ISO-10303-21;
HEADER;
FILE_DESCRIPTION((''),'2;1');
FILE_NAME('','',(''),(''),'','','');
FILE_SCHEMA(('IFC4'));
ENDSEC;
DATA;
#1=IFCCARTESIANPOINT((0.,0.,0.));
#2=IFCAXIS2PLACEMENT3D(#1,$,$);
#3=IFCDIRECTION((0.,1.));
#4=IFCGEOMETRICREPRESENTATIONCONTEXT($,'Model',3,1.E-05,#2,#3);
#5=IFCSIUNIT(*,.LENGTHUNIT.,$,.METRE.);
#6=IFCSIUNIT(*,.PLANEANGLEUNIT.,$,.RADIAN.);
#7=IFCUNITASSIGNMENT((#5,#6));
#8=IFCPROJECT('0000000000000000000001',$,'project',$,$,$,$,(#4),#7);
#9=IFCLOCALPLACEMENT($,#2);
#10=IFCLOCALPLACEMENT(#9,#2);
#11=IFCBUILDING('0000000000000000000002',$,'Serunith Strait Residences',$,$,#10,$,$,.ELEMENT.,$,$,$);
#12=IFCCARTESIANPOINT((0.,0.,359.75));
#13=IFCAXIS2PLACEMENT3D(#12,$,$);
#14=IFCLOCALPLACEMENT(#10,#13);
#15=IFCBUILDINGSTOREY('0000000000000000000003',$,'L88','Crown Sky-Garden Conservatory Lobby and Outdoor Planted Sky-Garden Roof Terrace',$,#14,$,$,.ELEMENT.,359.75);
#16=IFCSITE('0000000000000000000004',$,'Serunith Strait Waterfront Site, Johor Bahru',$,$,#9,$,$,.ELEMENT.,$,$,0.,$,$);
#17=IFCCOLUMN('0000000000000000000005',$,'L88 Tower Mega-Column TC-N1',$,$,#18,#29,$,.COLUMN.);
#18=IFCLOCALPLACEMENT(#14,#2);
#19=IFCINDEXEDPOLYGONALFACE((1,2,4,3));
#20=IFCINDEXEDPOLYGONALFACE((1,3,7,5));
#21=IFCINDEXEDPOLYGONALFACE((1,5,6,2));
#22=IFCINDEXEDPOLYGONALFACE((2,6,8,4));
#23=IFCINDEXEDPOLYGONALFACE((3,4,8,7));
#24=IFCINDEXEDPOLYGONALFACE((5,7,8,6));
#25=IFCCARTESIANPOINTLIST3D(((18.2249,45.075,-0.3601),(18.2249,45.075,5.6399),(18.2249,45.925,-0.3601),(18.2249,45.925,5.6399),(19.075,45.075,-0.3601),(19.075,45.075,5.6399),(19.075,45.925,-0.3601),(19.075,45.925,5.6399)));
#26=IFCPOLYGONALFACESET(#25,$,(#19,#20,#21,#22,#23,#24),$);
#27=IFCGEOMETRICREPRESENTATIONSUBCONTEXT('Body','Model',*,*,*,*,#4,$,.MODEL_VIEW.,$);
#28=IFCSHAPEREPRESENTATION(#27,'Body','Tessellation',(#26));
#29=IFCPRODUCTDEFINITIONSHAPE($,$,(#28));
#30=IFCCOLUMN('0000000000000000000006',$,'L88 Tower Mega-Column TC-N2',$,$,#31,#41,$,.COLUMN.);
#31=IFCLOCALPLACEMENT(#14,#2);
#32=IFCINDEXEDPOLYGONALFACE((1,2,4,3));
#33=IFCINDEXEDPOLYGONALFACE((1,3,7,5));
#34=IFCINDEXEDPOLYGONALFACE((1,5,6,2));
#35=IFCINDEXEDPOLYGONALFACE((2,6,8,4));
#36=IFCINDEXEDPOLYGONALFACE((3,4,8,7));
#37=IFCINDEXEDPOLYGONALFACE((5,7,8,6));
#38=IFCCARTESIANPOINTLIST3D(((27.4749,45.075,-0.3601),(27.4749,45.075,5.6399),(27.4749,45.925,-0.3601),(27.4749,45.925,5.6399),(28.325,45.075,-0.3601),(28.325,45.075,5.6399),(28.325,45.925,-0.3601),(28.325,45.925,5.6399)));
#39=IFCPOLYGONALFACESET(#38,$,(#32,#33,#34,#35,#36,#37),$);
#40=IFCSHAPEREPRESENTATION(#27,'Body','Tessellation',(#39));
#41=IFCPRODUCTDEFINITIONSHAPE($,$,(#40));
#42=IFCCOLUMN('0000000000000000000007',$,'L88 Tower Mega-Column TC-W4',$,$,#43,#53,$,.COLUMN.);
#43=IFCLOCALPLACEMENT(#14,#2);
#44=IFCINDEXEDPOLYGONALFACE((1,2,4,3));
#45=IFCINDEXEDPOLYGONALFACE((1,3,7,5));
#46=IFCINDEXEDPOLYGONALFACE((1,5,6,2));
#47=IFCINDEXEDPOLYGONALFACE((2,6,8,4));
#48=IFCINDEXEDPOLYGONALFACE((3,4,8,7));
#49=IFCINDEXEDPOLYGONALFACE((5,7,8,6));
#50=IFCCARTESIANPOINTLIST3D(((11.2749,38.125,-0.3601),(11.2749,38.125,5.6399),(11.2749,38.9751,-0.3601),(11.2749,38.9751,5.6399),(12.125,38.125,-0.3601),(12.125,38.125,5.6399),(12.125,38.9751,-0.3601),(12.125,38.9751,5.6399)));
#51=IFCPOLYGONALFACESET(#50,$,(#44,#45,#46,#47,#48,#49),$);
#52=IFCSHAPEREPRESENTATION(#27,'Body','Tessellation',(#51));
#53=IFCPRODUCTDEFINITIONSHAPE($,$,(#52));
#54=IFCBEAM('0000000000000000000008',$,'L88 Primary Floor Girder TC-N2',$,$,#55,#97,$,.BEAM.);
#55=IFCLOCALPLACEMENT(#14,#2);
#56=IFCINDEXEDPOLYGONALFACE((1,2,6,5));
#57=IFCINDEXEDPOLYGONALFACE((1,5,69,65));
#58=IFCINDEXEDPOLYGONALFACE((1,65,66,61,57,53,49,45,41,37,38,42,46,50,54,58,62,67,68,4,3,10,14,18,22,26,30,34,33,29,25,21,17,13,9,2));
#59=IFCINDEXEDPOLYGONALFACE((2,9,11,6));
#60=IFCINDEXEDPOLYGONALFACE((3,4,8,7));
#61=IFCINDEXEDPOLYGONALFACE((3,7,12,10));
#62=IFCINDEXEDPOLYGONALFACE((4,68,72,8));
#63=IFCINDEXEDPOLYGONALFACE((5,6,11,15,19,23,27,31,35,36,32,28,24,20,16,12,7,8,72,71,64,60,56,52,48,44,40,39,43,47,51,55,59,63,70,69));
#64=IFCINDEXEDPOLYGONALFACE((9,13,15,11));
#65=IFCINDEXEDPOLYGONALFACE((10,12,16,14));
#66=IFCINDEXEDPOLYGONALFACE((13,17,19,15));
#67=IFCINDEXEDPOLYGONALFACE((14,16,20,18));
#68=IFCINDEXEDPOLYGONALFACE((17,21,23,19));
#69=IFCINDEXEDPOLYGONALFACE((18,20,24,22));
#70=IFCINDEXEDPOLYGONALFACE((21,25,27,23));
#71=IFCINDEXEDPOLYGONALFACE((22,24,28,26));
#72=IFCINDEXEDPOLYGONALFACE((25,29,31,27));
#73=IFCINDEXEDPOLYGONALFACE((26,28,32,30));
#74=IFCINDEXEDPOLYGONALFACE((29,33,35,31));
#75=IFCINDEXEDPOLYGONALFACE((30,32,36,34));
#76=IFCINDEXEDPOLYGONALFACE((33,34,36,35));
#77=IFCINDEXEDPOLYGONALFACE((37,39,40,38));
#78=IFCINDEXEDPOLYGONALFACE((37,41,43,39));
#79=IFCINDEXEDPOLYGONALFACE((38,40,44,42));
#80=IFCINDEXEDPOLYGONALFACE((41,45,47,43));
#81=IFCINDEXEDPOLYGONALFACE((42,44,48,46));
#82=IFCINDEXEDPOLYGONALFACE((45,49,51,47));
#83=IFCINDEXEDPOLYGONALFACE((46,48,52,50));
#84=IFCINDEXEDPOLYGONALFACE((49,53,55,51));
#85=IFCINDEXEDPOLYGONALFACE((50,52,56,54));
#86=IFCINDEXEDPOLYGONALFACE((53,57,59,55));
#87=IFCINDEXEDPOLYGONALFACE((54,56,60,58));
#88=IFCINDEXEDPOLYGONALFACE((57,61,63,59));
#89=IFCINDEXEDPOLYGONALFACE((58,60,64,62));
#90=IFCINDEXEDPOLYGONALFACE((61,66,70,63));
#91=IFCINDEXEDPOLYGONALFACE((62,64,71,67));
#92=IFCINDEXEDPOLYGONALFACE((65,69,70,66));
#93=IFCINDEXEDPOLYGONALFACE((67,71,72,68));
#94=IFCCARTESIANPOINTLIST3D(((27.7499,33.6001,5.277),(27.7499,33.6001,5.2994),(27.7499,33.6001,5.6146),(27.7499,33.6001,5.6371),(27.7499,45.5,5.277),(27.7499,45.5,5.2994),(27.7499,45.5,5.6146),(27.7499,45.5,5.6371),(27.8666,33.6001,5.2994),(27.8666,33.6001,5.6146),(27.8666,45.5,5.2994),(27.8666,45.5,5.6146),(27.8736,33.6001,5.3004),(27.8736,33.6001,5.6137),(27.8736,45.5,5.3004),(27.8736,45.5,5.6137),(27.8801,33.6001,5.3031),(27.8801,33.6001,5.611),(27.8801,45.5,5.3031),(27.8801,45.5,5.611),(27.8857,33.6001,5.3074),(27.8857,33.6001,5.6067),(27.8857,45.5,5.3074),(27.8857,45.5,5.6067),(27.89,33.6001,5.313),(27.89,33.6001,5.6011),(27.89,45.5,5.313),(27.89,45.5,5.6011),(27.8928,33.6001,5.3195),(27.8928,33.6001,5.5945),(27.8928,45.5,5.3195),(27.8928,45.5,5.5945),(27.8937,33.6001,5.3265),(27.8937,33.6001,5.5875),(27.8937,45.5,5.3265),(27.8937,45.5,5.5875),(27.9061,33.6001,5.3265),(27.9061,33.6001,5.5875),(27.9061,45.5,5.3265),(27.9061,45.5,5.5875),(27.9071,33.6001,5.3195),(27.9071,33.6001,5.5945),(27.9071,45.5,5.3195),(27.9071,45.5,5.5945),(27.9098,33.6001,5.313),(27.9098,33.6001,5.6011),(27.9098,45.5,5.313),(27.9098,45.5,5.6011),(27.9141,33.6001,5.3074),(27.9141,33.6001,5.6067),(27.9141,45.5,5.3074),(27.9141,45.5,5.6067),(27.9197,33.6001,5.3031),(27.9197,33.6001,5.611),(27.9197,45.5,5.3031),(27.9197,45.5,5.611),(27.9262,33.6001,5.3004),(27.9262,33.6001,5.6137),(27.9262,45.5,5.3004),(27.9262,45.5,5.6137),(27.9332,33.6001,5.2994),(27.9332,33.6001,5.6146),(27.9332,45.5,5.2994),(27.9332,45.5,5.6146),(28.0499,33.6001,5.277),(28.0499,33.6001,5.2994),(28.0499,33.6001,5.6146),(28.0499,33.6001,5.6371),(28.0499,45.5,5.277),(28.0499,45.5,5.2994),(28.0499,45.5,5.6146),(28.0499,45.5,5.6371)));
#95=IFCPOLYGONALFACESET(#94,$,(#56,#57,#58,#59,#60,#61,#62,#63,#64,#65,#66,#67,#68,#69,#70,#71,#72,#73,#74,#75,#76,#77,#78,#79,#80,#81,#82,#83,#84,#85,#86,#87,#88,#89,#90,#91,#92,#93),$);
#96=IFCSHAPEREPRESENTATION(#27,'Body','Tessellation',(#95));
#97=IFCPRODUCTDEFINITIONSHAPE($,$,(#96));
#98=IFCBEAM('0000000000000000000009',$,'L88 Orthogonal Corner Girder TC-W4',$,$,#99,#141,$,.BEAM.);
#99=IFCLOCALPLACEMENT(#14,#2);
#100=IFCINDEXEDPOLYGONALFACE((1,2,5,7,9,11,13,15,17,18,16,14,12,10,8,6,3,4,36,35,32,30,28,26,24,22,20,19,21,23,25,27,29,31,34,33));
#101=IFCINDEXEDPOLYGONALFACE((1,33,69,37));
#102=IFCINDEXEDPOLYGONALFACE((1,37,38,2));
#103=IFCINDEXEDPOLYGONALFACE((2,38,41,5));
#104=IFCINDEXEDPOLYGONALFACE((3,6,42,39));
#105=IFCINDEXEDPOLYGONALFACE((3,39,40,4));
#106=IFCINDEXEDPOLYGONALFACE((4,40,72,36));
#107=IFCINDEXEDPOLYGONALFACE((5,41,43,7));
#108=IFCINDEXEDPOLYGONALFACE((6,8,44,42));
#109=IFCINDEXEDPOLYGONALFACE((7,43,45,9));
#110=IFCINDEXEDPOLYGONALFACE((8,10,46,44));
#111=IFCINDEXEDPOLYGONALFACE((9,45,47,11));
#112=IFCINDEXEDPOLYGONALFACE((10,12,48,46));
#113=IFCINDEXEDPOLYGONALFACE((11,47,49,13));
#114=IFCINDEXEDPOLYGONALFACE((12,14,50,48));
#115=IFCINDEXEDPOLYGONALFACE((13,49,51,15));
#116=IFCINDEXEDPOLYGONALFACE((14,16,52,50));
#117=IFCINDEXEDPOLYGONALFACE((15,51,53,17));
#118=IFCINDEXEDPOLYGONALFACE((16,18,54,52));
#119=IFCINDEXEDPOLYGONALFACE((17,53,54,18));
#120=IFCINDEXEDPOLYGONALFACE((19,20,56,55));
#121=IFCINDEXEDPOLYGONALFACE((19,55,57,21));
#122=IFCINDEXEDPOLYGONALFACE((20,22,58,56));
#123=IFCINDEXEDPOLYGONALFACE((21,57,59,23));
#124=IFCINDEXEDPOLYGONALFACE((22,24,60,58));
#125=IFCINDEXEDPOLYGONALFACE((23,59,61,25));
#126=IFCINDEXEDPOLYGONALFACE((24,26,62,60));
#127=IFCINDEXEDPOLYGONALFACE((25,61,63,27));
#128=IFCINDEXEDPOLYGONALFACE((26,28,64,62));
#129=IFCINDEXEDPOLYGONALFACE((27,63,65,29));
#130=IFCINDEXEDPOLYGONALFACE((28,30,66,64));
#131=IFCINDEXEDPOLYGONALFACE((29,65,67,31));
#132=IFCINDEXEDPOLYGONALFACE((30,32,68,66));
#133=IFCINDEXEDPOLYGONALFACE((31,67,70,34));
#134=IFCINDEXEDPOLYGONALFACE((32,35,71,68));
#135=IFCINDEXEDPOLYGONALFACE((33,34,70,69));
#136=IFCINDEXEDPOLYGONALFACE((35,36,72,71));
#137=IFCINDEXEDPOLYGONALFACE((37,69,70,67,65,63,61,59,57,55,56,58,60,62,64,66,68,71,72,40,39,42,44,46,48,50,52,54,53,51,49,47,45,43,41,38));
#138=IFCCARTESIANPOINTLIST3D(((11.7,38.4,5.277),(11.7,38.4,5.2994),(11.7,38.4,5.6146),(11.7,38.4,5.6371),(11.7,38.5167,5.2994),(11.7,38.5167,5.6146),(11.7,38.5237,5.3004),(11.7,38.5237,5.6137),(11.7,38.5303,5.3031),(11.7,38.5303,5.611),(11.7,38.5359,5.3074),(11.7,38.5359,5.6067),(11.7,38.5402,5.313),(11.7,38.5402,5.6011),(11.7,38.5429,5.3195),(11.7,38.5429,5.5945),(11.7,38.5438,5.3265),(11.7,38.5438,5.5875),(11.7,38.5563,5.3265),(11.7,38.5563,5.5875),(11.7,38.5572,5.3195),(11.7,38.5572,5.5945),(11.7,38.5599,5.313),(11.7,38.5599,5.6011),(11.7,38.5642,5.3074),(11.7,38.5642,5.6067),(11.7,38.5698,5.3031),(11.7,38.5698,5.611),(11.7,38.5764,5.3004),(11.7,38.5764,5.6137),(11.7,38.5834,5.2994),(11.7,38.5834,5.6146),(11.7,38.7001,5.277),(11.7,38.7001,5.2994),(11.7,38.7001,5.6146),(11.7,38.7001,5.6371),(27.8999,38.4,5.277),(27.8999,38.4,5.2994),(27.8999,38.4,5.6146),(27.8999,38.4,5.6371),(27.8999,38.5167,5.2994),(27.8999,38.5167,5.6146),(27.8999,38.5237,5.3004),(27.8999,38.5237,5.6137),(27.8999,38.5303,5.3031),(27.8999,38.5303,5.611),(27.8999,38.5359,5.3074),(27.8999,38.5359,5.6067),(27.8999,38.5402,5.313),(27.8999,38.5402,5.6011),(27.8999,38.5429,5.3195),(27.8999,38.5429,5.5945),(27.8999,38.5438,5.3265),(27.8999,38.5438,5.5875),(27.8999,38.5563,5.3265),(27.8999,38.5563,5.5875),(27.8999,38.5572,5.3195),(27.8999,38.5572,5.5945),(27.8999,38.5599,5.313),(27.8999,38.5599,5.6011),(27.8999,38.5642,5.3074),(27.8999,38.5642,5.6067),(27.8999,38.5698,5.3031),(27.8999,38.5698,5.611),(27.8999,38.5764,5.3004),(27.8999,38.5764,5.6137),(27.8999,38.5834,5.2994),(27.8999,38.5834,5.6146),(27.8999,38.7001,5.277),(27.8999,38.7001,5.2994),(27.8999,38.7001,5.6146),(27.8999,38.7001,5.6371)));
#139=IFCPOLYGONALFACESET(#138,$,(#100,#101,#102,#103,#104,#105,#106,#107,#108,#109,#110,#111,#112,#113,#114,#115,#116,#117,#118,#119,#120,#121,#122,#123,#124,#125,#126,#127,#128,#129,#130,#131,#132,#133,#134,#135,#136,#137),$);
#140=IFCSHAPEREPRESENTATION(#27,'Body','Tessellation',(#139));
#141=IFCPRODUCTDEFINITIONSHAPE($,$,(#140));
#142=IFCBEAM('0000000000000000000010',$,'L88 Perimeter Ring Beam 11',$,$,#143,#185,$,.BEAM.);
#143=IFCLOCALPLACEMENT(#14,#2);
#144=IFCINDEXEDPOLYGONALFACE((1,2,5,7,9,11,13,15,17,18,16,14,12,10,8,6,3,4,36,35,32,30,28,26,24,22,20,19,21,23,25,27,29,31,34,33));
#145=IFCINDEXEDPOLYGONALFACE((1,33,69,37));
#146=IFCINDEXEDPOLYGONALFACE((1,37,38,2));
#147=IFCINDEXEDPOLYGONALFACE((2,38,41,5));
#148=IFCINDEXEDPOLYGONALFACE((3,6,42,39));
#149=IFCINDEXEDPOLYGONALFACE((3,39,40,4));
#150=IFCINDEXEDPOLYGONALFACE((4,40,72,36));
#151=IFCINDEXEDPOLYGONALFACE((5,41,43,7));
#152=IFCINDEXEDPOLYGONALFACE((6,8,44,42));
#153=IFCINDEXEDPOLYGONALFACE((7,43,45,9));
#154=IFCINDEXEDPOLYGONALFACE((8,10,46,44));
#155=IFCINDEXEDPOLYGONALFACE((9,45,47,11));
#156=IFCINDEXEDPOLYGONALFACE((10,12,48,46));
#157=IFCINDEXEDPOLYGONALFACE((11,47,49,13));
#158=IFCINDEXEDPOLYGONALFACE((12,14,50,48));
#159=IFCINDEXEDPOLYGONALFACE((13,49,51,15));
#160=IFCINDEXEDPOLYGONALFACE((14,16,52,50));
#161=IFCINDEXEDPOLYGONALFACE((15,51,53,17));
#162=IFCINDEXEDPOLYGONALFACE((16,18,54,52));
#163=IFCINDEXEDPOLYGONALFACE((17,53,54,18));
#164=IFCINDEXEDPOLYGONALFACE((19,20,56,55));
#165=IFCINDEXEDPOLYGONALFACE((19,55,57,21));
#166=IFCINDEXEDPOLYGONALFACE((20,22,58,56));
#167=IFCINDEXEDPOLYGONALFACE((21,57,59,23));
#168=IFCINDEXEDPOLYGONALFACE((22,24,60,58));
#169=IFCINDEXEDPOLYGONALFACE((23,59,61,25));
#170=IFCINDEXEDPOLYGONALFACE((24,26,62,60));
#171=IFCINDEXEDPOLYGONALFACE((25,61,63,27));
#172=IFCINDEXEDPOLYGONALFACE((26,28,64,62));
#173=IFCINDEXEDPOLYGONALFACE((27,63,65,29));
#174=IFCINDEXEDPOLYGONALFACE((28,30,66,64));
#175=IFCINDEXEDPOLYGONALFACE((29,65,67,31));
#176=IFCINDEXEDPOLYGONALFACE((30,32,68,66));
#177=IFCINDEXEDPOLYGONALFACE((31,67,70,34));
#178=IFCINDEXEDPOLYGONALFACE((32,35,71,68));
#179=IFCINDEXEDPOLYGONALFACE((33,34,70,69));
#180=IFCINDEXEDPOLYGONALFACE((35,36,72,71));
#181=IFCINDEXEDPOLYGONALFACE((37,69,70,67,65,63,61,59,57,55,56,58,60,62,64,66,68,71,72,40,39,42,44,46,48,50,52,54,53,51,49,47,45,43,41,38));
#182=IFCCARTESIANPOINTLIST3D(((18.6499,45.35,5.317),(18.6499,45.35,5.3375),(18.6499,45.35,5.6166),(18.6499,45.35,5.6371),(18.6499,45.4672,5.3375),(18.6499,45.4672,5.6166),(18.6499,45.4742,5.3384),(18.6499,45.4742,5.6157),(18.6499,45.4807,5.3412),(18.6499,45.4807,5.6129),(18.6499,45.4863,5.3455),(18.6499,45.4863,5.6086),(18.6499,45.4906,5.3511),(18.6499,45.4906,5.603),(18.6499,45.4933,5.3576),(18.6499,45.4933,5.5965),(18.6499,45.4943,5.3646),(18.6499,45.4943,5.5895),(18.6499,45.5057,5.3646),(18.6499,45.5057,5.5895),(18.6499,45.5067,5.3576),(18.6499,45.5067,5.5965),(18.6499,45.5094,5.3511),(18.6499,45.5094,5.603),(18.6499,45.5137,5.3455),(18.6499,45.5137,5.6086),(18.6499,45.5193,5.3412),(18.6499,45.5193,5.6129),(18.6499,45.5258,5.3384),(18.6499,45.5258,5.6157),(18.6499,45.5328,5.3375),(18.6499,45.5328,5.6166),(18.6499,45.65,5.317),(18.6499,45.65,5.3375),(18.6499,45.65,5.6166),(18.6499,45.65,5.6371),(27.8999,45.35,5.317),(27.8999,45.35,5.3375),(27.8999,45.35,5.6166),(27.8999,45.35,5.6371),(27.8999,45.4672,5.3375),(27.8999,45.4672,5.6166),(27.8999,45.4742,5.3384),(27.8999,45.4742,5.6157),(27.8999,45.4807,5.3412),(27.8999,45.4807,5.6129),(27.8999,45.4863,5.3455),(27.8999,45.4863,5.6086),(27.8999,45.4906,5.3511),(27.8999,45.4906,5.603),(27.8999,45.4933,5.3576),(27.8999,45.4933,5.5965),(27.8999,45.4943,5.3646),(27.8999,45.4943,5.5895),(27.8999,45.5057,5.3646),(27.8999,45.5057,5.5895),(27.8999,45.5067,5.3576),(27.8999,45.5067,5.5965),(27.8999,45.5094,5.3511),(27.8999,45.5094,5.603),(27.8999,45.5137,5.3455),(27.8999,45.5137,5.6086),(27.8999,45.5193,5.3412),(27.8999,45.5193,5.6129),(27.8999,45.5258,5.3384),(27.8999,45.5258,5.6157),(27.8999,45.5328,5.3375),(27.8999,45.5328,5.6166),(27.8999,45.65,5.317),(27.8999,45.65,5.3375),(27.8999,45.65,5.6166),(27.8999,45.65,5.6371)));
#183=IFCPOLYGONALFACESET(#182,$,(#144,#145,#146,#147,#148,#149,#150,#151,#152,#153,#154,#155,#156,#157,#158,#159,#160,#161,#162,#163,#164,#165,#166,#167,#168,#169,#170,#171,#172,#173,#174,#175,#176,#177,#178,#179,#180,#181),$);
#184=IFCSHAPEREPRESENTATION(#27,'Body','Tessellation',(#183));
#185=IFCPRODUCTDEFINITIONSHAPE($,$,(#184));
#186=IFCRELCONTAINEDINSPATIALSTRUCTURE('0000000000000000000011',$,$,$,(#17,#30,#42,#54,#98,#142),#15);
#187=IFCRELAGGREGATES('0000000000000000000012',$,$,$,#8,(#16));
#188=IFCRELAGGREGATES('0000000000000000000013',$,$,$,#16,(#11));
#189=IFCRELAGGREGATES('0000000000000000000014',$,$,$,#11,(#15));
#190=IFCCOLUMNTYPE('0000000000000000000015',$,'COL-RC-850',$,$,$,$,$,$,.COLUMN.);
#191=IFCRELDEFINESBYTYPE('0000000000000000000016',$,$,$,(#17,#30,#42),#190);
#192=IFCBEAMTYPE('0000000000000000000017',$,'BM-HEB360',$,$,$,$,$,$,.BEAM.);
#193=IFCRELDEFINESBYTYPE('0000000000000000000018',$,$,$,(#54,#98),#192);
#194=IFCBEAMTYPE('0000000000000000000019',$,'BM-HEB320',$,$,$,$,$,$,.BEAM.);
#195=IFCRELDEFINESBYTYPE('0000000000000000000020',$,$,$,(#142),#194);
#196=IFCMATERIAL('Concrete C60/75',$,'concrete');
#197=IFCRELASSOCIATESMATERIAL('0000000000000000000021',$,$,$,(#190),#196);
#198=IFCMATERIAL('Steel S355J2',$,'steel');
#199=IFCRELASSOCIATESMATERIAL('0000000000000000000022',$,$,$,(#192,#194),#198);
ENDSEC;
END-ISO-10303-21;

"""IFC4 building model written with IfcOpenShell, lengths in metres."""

from ifc_helpers import new_model, si_unit, direction, frame, origin, origin_2d, place, context, subcontext, project, spatial, rectangle, i_section, extrude, source, transform, mapped, material, material_profile, profile_set, type_object, element, save


model = new_model("IFC4")

# Units and contexts
model_context = context("Model", 3, precision=1e-05, world=origin(), true_north=direction((0.0, 1.0)))
body_context = subcontext(model_context, "Body", "Model", "MODEL_VIEW")
ifc_project = project(units=[si_unit("LENGTHUNIT", "METRE"), si_unit("PLANEANGLEUNIT", "RADIAN")], contexts=[model_context])

# Site, building, storey
site_placement = place(None, origin())
site = spatial("IfcSite", under=ifc_project, at=site_placement, Name="Serunith Strait Waterfront Site, Johor Bahru", CompositionType="ELEMENT", RefElevation=0.0)
building_placement = place(site_placement, origin())
building = spatial("IfcBuilding", under=site, at=building_placement, Name="Serunith Strait Residences", CompositionType="ELEMENT")
storey_placement = place(building_placement, frame((0.0, 0.0, 359.75)))
storey = spatial("IfcBuildingStorey", under=building, at=storey_placement, Name="L88", Description="Crown Sky-Garden Conservatory Lobby and Outdoor Planted Sky-Garden Roof Terrace", CompositionType="ELEMENT", Elevation=359.75)

# Columns
ifc_material_1 = material(Name="Concrete C60/75", Category="concrete")
ifc_material_profile_1 = material_profile(ifc_material_1, rectangle(XDim=0.8501, YDim=0.8501, at=origin_2d()), Name="RC 850x850")
ifc_profile_set_1 = profile_set([ifc_material_profile_1], Name="Concrete C60/75")
column_type = type_object("IfcColumnType", Name="COL-RC-850", PredefinedType="COLUMN", material=ifc_profile_set_1)
shared_shape_1 = source(origin(), body_context, "Body", "SweptSolid", [
    extrude(rectangle(XDim=0.8501, YDim=0.8501, at=origin_2d()), origin(), (0.0, 0.0, 1.0), 6.0),
])
for number, where, z_axis, x_axis, name in (
    (1, (18.6499, 45.5, -0.3601), (0.0, 0.0, 1.0), (1.0, 0.0, 0.0), "L88 Tower Mega-Column TC-N1"),
    (2, (27.8999, 45.5, -0.3601), (0.0, 0.0, 1.0), (1.0, 0.0, 0.0), "L88 Tower Mega-Column TC-N2"),
    (3, (11.7, 38.55, -0.3601), (0.0, 0.0, 1.0), (1.0, 0.0, 0.0), "L88 Tower Mega-Column TC-W4"),
):
    element("IfcColumn", number, at=place(storey_placement, frame(where, z_axis=z_axis, x_axis=x_axis)), inside=storey, type_object=column_type, Name=name, PredefinedType="COLUMN", context=body_context, shape_type="MappedRepresentation", body=[
        mapped(shared_shape_1, transform((0.0, 0.0, 0.0), scale=1.0)),
    ])

# Beams
ifc_material_2 = material(Name="Steel S355J2", Category="steel")
ifc_material_profile_2 = material_profile(ifc_material_2, i_section(OverallWidth=0.3, OverallDepth=0.3601, WebThickness=0.0125, FlangeThickness=0.0225, FilletRadius=0.0271, at=origin_2d()), Name="HEB 360")
ifc_profile_set_2 = profile_set([ifc_material_profile_2], Name="Steel S355J2")
beam_type_1 = type_object("IfcBeamType", Name="BM-HEB360", PredefinedType="BEAM", material=ifc_profile_set_2)
shared_shape_2 = source(origin(), body_context, "Body", "SweptSolid", [
    extrude(i_section(OverallWidth=0.3, OverallDepth=0.3601, WebThickness=0.0125, FlangeThickness=0.0225, FilletRadius=0.0271, at=origin_2d()), origin(), (0.0, 0.0, 1.0), 11.8999),
])
beam_1_placement = place(storey_placement, frame((27.8999, 33.6001, 5.457), z_axis=(0.0, 1.0, 0.0), x_axis=(-1.0, 0.0, 0.0)))
element("IfcBeam", 4, at=beam_1_placement, inside=storey, type_object=beam_type_1, Name="L88 Primary Floor Girder TC-N2", PredefinedType="BEAM", context=body_context, shape_type="MappedRepresentation", body=[
    mapped(shared_shape_2, transform((0.0, 0.0, 0.0), scale=1.0)),
])
shared_shape_3 = source(origin(), body_context, "Body", "SweptSolid", [
    extrude(i_section(OverallWidth=0.3, OverallDepth=0.3601, WebThickness=0.0125, FlangeThickness=0.0225, FilletRadius=0.0271, at=origin_2d()), origin(), (0.0, 0.0, 1.0), 16.2),
])
beam_2_placement = place(storey_placement, frame((27.8999, 38.55, 5.457), z_axis=(-1.0, 0.0, 0.0), x_axis=(0.0, -1.0, 0.0)))
element("IfcBeam", 5, at=beam_2_placement, inside=storey, type_object=beam_type_1, Name="L88 Orthogonal Corner Girder TC-W4", PredefinedType="BEAM", context=body_context, shape_type="MappedRepresentation", body=[
    mapped(shared_shape_3, transform((0.0, 0.0, 0.0), scale=1.0)),
])
ifc_material_profile_3 = material_profile(ifc_material_2, i_section(OverallWidth=0.3, OverallDepth=0.3201, WebThickness=0.0115, FlangeThickness=0.0205, FilletRadius=0.0271, at=origin_2d()), Name="HEB 320")
ifc_profile_set_3 = profile_set([ifc_material_profile_3], Name="Steel S355J2")
beam_type_2 = type_object("IfcBeamType", Name="BM-HEB320", PredefinedType="BEAM", material=ifc_profile_set_3)
shared_shape_4 = source(origin(), body_context, "Body", "SweptSolid", [
    extrude(i_section(OverallWidth=0.3, OverallDepth=0.3201, WebThickness=0.0115, FlangeThickness=0.0205, FilletRadius=0.0271, at=origin_2d()), origin(), (0.0, 0.0, 1.0), 9.25),
])
beam_3_placement = place(storey_placement, frame((27.8999, 45.5, 5.4771), z_axis=(-1.0, 0.0, 0.0), x_axis=(0.0, -1.0, 0.0)))
element("IfcBeam", 6, at=beam_3_placement, inside=storey, type_object=beam_type_2, Name="L88 Perimeter Ring Beam 11", PredefinedType="BEAM", context=body_context, shape_type="MappedRepresentation", body=[
    mapped(shared_shape_4, transform((0.0, 0.0, 0.0), scale=1.0)),
])

save(model, "model.ifc")
